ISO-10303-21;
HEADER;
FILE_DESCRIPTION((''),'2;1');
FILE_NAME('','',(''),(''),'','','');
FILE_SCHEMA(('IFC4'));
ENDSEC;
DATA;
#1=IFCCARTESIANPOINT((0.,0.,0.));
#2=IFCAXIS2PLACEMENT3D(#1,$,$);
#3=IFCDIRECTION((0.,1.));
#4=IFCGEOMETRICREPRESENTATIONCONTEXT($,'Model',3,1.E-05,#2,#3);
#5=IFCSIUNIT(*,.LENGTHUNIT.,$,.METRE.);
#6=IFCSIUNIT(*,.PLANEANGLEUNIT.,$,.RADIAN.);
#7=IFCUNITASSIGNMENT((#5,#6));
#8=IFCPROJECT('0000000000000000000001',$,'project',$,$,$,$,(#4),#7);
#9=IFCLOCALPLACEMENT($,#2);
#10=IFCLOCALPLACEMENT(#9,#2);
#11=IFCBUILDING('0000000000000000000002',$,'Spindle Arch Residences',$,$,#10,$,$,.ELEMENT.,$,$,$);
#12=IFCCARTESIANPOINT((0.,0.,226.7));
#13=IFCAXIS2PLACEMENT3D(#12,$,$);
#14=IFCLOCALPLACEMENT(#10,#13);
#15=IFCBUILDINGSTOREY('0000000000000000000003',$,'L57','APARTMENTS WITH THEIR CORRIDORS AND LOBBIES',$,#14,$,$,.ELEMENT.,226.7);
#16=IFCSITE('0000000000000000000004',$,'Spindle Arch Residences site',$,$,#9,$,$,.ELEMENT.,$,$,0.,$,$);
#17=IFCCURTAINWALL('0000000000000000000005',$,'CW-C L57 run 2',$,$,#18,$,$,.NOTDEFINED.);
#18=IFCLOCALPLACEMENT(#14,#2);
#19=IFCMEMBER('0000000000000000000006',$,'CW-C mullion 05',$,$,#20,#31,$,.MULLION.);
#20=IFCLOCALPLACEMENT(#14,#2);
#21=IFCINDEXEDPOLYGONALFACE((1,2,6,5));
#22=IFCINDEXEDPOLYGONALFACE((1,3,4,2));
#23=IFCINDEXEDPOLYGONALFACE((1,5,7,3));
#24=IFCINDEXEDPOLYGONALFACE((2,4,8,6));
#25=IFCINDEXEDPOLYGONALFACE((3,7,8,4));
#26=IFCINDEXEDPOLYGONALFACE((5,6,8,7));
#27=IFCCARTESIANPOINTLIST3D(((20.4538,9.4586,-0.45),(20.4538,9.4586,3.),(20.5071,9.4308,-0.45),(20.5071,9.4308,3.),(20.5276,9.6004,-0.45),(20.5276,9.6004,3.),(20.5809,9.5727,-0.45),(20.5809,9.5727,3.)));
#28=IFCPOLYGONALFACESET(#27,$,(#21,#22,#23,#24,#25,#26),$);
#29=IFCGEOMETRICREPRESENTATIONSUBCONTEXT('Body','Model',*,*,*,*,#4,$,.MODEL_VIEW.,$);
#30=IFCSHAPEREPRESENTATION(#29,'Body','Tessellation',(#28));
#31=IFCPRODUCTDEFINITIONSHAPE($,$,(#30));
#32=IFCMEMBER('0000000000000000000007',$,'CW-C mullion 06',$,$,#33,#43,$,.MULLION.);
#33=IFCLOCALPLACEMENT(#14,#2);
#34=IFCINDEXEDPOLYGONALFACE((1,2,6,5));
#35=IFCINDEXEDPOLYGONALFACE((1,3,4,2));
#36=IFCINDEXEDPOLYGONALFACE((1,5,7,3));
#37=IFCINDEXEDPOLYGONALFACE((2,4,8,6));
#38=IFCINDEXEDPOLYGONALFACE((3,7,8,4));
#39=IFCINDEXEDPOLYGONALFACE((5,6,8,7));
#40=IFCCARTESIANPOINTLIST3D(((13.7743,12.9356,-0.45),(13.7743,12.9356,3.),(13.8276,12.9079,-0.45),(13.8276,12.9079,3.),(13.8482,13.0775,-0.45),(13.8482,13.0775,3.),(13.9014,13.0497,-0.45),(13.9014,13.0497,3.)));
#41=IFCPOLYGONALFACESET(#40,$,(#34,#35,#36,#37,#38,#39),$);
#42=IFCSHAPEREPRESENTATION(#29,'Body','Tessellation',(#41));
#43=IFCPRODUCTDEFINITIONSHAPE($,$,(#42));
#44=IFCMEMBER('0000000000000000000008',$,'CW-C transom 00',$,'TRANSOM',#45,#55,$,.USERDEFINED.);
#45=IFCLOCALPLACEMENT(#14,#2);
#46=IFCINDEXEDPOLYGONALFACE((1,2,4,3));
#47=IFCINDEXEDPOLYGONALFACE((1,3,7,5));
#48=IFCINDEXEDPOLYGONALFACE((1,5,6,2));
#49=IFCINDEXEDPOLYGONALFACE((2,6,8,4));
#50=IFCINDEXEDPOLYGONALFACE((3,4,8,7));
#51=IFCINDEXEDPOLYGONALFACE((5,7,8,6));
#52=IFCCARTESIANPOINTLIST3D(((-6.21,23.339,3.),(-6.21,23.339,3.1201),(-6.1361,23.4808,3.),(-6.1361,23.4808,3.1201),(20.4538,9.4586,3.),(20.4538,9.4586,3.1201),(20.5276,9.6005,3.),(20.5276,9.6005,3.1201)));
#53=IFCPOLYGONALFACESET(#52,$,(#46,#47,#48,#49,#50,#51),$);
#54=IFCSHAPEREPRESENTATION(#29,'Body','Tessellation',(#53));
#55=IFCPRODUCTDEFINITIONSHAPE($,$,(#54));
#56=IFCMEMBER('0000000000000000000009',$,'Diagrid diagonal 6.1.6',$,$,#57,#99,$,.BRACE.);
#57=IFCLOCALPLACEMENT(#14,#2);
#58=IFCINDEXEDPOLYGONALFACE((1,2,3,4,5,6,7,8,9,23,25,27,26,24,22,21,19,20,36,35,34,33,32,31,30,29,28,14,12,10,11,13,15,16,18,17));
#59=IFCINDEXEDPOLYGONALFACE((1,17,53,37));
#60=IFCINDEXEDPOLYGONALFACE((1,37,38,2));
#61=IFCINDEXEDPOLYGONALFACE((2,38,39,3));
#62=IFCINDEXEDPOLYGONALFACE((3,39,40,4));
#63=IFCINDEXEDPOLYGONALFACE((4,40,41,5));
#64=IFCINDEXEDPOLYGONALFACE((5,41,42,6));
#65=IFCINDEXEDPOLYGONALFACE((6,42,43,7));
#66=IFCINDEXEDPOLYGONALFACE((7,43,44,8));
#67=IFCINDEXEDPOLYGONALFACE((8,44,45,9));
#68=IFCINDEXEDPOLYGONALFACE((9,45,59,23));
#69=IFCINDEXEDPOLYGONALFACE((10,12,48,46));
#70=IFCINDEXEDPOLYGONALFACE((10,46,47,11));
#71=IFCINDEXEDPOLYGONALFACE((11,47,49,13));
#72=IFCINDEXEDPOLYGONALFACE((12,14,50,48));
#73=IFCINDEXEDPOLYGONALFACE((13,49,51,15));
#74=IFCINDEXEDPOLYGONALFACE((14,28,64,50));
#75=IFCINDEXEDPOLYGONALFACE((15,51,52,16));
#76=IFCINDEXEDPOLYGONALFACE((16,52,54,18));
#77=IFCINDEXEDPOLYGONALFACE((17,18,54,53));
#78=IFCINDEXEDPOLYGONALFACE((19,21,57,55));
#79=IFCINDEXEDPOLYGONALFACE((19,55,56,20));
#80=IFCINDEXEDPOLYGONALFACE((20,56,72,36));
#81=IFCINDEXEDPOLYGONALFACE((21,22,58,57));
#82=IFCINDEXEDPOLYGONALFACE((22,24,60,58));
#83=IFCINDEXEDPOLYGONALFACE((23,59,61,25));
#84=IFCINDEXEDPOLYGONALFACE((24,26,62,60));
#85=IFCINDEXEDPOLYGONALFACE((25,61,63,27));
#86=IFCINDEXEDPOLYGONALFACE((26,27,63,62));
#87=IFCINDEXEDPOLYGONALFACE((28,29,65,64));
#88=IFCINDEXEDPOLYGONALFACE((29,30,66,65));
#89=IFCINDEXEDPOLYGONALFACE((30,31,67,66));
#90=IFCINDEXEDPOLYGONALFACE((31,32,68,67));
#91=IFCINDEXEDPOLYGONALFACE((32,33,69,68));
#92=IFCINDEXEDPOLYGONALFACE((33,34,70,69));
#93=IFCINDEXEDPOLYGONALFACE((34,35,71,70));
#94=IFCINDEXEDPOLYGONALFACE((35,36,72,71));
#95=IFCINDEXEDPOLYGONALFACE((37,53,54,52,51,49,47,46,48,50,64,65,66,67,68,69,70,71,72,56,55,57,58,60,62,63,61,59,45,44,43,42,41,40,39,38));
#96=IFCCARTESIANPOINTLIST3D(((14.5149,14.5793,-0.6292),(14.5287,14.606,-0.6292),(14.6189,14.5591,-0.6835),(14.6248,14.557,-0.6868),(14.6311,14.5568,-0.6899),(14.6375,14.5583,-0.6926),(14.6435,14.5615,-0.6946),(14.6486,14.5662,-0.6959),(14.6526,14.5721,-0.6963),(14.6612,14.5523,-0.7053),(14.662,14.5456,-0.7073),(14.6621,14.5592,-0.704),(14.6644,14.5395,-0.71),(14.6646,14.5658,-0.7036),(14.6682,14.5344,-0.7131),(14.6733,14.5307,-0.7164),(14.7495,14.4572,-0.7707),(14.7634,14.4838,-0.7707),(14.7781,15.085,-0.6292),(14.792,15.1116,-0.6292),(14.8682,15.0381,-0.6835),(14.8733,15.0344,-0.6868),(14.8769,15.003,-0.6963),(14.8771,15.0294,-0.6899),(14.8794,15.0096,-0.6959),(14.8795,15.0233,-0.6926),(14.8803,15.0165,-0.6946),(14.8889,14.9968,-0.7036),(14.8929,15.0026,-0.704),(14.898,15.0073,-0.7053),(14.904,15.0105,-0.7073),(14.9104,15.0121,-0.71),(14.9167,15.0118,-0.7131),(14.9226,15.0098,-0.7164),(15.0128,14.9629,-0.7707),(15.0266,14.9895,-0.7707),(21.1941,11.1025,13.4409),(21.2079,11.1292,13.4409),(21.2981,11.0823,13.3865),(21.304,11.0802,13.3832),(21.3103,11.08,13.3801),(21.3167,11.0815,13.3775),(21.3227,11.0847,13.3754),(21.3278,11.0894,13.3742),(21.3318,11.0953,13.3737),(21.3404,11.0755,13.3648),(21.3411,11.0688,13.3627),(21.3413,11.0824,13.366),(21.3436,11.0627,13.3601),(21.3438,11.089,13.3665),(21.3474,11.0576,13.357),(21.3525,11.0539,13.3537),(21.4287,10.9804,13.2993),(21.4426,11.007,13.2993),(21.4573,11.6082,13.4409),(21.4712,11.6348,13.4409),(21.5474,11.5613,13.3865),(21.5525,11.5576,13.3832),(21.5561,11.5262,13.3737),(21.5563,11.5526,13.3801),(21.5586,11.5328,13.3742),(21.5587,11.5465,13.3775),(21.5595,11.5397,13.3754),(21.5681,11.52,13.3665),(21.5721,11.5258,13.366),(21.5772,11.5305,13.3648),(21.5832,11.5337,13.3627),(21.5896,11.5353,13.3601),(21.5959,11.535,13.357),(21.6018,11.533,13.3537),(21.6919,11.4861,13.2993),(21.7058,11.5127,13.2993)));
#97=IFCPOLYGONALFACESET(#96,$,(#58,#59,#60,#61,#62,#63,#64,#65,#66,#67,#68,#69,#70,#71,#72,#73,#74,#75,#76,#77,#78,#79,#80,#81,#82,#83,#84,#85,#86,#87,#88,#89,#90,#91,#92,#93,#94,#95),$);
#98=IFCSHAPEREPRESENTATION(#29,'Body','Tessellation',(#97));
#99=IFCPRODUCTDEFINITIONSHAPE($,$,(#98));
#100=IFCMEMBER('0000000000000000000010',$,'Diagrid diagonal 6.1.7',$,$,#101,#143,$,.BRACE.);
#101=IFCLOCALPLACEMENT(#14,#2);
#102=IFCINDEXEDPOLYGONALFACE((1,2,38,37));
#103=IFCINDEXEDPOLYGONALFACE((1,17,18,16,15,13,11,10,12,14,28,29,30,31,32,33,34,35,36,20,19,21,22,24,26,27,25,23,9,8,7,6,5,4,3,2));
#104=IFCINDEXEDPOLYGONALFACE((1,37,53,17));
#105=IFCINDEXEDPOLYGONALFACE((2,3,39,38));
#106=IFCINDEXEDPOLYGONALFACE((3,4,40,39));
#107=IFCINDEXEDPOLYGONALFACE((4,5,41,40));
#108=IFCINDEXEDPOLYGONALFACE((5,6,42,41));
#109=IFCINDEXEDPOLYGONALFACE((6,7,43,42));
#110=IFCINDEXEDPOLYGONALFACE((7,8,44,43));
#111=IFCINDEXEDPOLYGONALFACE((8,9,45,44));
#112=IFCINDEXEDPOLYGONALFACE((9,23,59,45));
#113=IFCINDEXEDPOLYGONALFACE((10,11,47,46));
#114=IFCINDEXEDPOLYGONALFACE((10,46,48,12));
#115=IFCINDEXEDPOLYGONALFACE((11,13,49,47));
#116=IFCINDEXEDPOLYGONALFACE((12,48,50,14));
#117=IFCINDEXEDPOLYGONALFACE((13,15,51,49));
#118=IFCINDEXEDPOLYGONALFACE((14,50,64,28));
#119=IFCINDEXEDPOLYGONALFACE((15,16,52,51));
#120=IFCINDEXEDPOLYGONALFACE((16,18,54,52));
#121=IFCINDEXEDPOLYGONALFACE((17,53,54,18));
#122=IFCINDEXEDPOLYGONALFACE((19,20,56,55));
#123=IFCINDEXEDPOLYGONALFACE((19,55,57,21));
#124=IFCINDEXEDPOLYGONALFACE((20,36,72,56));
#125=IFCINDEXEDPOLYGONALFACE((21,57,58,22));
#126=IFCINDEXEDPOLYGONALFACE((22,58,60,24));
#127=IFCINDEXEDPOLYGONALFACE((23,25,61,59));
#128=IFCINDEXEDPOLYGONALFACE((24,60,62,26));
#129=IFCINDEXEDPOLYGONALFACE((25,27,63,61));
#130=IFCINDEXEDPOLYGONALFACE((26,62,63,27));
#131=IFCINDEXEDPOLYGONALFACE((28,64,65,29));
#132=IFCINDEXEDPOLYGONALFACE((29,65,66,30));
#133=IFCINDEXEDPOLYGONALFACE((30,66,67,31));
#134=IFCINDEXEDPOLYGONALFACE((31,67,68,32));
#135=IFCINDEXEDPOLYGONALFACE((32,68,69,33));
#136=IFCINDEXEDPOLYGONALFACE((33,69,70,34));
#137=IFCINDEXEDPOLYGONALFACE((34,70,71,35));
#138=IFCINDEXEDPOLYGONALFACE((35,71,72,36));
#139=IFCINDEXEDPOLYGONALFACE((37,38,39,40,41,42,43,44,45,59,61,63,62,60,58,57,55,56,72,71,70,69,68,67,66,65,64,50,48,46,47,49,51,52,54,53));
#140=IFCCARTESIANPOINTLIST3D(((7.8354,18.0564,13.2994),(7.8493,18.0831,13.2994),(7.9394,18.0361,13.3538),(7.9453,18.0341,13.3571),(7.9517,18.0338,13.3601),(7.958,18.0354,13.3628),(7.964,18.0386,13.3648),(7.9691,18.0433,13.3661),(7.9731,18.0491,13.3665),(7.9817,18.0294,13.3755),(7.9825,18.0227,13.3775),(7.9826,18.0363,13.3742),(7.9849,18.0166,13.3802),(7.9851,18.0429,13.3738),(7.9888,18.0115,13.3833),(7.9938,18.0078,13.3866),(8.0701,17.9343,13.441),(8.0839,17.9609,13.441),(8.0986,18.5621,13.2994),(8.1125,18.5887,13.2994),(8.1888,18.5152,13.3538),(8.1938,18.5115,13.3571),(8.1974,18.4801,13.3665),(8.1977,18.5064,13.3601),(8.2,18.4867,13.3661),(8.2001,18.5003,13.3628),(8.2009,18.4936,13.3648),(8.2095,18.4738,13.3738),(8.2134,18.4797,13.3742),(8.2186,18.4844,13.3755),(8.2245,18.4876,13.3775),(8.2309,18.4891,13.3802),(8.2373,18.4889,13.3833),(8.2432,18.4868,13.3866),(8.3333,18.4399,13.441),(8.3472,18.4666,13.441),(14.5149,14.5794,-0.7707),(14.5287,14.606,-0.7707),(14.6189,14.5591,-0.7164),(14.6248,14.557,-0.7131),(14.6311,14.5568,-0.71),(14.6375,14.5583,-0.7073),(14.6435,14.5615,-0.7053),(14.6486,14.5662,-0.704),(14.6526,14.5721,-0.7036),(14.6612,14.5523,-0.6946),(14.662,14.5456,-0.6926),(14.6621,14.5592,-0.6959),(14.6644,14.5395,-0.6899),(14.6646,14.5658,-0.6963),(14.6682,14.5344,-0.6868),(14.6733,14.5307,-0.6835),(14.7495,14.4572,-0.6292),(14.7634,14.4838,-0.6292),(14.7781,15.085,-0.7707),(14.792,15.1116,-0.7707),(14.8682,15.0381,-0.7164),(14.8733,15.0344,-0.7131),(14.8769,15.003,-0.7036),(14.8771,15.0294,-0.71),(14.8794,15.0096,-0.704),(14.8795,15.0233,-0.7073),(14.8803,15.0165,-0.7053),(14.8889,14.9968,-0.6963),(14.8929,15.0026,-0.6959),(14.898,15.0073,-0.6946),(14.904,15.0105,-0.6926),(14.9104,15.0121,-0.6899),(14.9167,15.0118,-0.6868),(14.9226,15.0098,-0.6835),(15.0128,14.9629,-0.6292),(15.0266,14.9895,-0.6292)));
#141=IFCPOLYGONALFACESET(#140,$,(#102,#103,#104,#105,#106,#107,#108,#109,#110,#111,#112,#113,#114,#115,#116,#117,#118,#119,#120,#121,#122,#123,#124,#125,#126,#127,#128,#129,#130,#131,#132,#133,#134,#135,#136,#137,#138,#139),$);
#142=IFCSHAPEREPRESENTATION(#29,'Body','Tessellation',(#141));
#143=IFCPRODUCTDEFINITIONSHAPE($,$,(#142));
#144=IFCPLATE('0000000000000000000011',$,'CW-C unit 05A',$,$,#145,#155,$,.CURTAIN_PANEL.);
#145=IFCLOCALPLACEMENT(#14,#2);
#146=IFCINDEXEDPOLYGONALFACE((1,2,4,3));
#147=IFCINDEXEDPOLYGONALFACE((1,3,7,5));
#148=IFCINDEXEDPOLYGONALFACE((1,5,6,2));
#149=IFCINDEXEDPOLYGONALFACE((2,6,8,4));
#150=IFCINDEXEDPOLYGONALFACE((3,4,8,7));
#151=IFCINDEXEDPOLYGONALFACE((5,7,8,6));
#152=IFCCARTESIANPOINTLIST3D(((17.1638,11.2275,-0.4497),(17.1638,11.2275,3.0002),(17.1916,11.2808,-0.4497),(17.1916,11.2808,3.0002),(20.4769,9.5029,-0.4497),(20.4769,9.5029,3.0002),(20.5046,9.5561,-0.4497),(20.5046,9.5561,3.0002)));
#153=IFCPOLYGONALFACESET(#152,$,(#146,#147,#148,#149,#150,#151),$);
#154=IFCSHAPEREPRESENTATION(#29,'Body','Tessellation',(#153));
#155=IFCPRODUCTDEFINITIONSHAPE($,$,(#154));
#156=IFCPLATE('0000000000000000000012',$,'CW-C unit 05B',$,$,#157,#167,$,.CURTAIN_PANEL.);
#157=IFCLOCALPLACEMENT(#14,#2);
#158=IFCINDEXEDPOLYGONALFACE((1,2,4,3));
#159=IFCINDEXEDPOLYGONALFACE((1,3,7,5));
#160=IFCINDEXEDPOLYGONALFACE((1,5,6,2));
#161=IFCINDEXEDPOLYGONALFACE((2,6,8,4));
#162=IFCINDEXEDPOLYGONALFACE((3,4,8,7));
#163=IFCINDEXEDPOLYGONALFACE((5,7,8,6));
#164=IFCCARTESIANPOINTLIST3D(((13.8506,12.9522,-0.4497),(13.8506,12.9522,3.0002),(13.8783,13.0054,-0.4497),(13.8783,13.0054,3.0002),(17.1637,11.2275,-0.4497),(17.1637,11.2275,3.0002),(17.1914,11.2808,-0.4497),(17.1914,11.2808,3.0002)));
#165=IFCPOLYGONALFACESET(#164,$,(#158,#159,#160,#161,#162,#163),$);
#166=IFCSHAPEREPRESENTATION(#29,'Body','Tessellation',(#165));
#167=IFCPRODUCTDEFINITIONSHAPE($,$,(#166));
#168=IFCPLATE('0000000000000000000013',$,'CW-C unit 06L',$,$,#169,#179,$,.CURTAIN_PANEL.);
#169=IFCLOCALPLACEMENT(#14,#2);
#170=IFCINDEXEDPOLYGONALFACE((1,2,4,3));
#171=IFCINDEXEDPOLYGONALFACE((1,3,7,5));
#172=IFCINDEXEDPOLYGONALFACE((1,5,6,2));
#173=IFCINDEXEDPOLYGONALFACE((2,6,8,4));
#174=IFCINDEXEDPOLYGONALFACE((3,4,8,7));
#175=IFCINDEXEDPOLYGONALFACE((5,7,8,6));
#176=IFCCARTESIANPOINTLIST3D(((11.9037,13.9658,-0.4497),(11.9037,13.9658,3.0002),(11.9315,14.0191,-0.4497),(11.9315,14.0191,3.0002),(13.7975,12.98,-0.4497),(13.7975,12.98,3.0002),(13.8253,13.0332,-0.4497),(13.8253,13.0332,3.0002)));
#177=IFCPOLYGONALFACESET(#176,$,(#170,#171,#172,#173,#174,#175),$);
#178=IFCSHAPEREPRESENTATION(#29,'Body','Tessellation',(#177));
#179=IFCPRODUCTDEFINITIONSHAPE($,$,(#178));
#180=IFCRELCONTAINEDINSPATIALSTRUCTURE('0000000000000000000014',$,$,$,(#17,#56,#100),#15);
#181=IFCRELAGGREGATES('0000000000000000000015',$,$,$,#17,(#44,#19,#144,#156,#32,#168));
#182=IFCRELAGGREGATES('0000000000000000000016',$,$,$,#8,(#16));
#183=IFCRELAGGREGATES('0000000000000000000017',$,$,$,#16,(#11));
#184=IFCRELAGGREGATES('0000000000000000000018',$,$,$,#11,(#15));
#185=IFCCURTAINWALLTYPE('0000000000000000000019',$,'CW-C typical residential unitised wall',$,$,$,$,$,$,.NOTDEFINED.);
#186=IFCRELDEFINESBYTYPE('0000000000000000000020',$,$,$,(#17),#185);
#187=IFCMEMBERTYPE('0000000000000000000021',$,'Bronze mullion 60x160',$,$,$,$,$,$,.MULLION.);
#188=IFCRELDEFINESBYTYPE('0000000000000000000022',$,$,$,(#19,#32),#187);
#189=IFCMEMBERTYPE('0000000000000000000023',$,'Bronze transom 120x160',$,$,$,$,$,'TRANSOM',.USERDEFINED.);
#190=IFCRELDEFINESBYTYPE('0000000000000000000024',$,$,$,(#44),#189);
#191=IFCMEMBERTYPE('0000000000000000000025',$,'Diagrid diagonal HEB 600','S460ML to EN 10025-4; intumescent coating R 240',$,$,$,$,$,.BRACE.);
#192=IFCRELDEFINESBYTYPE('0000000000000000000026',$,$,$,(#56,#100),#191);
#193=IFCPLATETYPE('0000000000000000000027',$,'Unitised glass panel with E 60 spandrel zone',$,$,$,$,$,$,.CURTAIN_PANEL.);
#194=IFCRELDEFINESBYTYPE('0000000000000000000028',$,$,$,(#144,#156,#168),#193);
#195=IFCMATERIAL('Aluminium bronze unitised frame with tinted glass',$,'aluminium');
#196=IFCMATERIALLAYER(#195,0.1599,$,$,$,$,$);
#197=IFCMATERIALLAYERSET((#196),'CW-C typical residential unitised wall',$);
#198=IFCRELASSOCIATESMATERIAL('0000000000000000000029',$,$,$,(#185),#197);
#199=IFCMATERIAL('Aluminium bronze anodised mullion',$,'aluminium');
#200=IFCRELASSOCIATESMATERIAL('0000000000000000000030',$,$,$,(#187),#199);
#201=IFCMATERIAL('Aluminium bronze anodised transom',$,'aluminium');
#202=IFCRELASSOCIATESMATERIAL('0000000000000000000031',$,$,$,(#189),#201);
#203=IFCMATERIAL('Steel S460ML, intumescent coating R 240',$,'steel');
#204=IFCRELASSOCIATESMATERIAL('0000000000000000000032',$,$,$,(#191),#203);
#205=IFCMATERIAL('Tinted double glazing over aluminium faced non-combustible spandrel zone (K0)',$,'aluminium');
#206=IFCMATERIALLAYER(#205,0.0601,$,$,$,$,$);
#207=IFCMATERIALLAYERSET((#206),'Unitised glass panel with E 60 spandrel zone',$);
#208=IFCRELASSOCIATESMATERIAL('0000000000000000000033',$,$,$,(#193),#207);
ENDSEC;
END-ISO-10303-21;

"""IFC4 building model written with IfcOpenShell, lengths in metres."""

from ifc_helpers import new_model, si_unit, direction, frame, origin, origin_2d, place, context, subcontext, project, spatial, rectangle, i_section, extrude, material, layer, layer_set, material_profile, profile_set, type_object, element, aggregate, save


model = new_model("IFC4")

# Units and contexts
model_context = context("Model", 3, precision=1e-05, world=origin(), true_north=direction((0.0, 1.0)))
body_context = subcontext(model_context, "Body", "Model", "MODEL_VIEW")
ifc_project = project(units=[si_unit("LENGTHUNIT", "METRE"), si_unit("PLANEANGLEUNIT", "RADIAN")], contexts=[model_context])

# Site, building, storey
site_placement = place(None, origin())
site = spatial("IfcSite", under=ifc_project, at=site_placement, Name="Spindle Arch Residences site", CompositionType="ELEMENT", RefElevation=0.0)
building_placement = place(site_placement, origin())
building = spatial("IfcBuilding", under=site, at=building_placement, Name="Spindle Arch Residences", CompositionType="ELEMENT")
storey_placement = place(building_placement, frame((0.0, 0.0, 226.7)))
storey = spatial("IfcBuildingStorey", under=building, at=storey_placement, Name="L57", Description="APARTMENTS WITH THEIR CORRIDORS AND LOBBIES", CompositionType="ELEMENT", Elevation=226.7)

# Curtain wall, members
ifc_material_1 = material(Name="Aluminium bronze unitised frame with tinted glass", Category="aluminium")
ifc_layer_1 = layer(ifc_material_1, 0.1599)
ifc_layer_set_1 = layer_set([ifc_layer_1], Name="CW-C typical residential unitised wall")
curtain_wall_type = type_object("IfcCurtainWallType", Name="CW-C typical residential unitised wall", PredefinedType="NOTDEFINED", material=ifc_layer_set_1)
curtain_wall_placement = place(storey_placement, origin())
curtain_wall = element("IfcCurtainWall", 1, at=curtain_wall_placement, inside=storey, type_object=curtain_wall_type, Name="CW-C L57 run 2", PredefinedType="NOTDEFINED")
ifc_material_2 = material(Name="Aluminium bronze anodised mullion", Category="aluminium")
ifc_material_profile_1 = material_profile(ifc_material_2, rectangle(XDim=0.1599, YDim=0.0601, at=origin_2d()), Name="MU 60x160")
ifc_profile_set_1 = profile_set([ifc_material_profile_1], Name="Aluminium bronze anodised mullion")
member_type_1 = type_object("IfcMemberType", Name="Bronze mullion 60x160", PredefinedType="MULLION", material=ifc_profile_set_1)
member_1_placement = place(storey_placement, frame((20.5173, 9.5156, -0.45), z_axis=(0.0, 0.0, 1.0), x_axis=(-0.461749, -0.887011, 0.0)))
member_1 = element("IfcMember", 2, at=member_1_placement, type_object=member_type_1, Name="CW-C mullion 05", PredefinedType="MULLION", context=body_context, shape_type="SweptSolid", body=[
    extrude(rectangle(XDim=0.1599, YDim=0.0601, at=origin_2d()), origin(), (0.0, 0.0, 1.0), 3.45),
])
member_2_placement = place(storey_placement, frame((13.8379, 12.9927, -0.45), z_axis=(0.0, 0.0, 1.0), x_axis=(-0.461749, -0.887011, 0.0)))
member_2 = element("IfcMember", 3, at=member_2_placement, type_object=member_type_1, Name="CW-C mullion 06", PredefinedType="MULLION", context=body_context, shape_type="SweptSolid", body=[
    extrude(rectangle(XDim=0.1599, YDim=0.0601, at=origin_2d()), origin(), (0.0, 0.0, 1.0), 3.45),
])
ifc_material_3 = material(Name="Aluminium bronze anodised transom", Category="aluminium")
ifc_material_profile_2 = material_profile(ifc_material_3, rectangle(XDim=0.1599, YDim=0.1201, at=origin_2d()), Name="TR 120x160")
ifc_profile_set_2 = profile_set([ifc_material_profile_2], Name="Aluminium bronze anodised transom")
member_type_2 = type_object("IfcMemberType", Name="Bronze transom 120x160", ElementType="TRANSOM", PredefinedType="USERDEFINED", material=ifc_profile_set_2)
member_3_placement = place(storey_placement, frame((20.4907, 9.5295, 3.0601), z_axis=(-0.88701, 0.46175, 0.0), x_axis=(-0.46175, -0.88701, 0.0)))
member_3 = element("IfcMember", 4, at=member_3_placement, type_object=member_type_2, Name="CW-C transom 00", ObjectType="TRANSOM", PredefinedType="USERDEFINED", context=body_context, shape_type="SweptSolid", body=[
    extrude(rectangle(XDim=0.1599, YDim=0.1201, at=origin_2d()), origin(), (0.0, 0.0, 1.0), 30.0603),
])

# Members
ifc_material_4 = material(Name="Steel S460ML, intumescent coating R 240", Category="steel")
ifc_material_profile_3 = material_profile(ifc_material_4, i_section(OverallWidth=0.3, OverallDepth=0.6001, WebThickness=0.0154, FlangeThickness=0.03, FilletRadius=0.0271, at=origin_2d()), Name="HEB 600")
ifc_profile_set_3 = profile_set([ifc_material_profile_3], Name="Steel S460ML, intumescent coating R 240")
member_type_3 = type_object("IfcMemberType", Name="Diagrid diagonal HEB 600", Description="S460ML to EN 10025-4; intumescent coating R 240", PredefinedType="BRACE", material=ifc_profile_set_3)
member_4_placement = place(storey_placement, frame((14.7708, 14.7844, -0.7), z_axis=(0.418541, -0.217869, 0.881678), x_axis=(-0.782066, 0.407099, 0.471851)))
element("IfcMember", 5, at=member_4_placement, inside=storey, type_object=member_type_3, Name="Diagrid diagonal 6.1.6", PredefinedType="BRACE", context=body_context, shape_type="SweptSolid", body=[
    extrude(i_section(OverallWidth=0.3, OverallDepth=0.6001, WebThickness=0.0154, FlangeThickness=0.03, FilletRadius=0.0271, at=origin_2d()), origin(), (0.0, 0.0, 1.0), 15.9583),
])
member_5_placement = place(storey_placement, frame((14.7708, 14.7844, -0.7), z_axis=(-0.418553, 0.217882, 0.88167), x_axis=(0.782053, -0.407105, 0.471867)))
element("IfcMember", 6, at=member_5_placement, inside=storey, type_object=member_type_3, Name="Diagrid diagonal 6.1.7", PredefinedType="BRACE", context=body_context, shape_type="SweptSolid", body=[
    extrude(i_section(OverallWidth=0.3, OverallDepth=0.6001, WebThickness=0.0154, FlangeThickness=0.03, FilletRadius=0.0271, at=origin_2d()), origin(), (0.0, 0.0, 1.0), 15.9585),
])

# Plates
ifc_material_5 = material(Name="Tinted double glazing over aluminium faced non-combustible spandrel zone (K0)", Category="aluminium")
ifc_layer_2 = layer(ifc_material_5, 0.0601)
ifc_layer_set_2 = layer_set([ifc_layer_2], Name="Unitised glass panel with E 60 spandrel zone")
plate_type = type_object("IfcPlateType", Name="Unitised glass panel with E 60 spandrel zone", PredefinedType="CURTAIN_PANEL", material=ifc_layer_set_2)
plate_1_placement = place(storey_placement, frame((18.8342, 10.3918, -0.4497), z_axis=(0.0, 0.0, 1.0), x_axis=(-0.887011, 0.461749, 0.0)))
plate_1 = element("IfcPlate", 7, at=plate_1_placement, type_object=plate_type, Name="CW-C unit 05A", PredefinedType="CURTAIN_PANEL", context=body_context, shape_type="SweptSolid", body=[
    extrude(rectangle(XDim=3.7351, YDim=0.0601, at=origin_2d()), origin(), (0.0, 0.0, 1.0), 3.45),
])
plate_2_placement = place(storey_placement, frame((15.521, 12.1165, -0.4497), z_axis=(0.0, 0.0, 1.0), x_axis=(-0.887011, 0.461749, 0.0)))
plate_2 = element("IfcPlate", 8, at=plate_2_placement, type_object=plate_type, Name="CW-C unit 05B", PredefinedType="CURTAIN_PANEL", context=body_context, shape_type="SweptSolid", body=[
    extrude(rectangle(XDim=3.7351, YDim=0.0601, at=origin_2d()), origin(), (0.0, 0.0, 1.0), 3.45),
])
plate_3_placement = place(storey_placement, frame((12.8645, 13.4995, -0.4497), z_axis=(0.0, 0.0, 1.0), x_axis=(-0.887011, 0.461749, 0.0)))
plate_3 = element("IfcPlate", 9, at=plate_3_placement, type_object=plate_type, Name="CW-C unit 06L", PredefinedType="CURTAIN_PANEL", context=body_context, shape_type="SweptSolid", body=[
    extrude(rectangle(XDim=2.135, YDim=0.0601, at=origin_2d()), origin(), (0.0, 0.0, 1.0), 3.45),
])
aggregate(curtain_wall, [member_3, member_1, plate_1, plate_2, member_2, plate_3])

save(model, "model.ifc")
